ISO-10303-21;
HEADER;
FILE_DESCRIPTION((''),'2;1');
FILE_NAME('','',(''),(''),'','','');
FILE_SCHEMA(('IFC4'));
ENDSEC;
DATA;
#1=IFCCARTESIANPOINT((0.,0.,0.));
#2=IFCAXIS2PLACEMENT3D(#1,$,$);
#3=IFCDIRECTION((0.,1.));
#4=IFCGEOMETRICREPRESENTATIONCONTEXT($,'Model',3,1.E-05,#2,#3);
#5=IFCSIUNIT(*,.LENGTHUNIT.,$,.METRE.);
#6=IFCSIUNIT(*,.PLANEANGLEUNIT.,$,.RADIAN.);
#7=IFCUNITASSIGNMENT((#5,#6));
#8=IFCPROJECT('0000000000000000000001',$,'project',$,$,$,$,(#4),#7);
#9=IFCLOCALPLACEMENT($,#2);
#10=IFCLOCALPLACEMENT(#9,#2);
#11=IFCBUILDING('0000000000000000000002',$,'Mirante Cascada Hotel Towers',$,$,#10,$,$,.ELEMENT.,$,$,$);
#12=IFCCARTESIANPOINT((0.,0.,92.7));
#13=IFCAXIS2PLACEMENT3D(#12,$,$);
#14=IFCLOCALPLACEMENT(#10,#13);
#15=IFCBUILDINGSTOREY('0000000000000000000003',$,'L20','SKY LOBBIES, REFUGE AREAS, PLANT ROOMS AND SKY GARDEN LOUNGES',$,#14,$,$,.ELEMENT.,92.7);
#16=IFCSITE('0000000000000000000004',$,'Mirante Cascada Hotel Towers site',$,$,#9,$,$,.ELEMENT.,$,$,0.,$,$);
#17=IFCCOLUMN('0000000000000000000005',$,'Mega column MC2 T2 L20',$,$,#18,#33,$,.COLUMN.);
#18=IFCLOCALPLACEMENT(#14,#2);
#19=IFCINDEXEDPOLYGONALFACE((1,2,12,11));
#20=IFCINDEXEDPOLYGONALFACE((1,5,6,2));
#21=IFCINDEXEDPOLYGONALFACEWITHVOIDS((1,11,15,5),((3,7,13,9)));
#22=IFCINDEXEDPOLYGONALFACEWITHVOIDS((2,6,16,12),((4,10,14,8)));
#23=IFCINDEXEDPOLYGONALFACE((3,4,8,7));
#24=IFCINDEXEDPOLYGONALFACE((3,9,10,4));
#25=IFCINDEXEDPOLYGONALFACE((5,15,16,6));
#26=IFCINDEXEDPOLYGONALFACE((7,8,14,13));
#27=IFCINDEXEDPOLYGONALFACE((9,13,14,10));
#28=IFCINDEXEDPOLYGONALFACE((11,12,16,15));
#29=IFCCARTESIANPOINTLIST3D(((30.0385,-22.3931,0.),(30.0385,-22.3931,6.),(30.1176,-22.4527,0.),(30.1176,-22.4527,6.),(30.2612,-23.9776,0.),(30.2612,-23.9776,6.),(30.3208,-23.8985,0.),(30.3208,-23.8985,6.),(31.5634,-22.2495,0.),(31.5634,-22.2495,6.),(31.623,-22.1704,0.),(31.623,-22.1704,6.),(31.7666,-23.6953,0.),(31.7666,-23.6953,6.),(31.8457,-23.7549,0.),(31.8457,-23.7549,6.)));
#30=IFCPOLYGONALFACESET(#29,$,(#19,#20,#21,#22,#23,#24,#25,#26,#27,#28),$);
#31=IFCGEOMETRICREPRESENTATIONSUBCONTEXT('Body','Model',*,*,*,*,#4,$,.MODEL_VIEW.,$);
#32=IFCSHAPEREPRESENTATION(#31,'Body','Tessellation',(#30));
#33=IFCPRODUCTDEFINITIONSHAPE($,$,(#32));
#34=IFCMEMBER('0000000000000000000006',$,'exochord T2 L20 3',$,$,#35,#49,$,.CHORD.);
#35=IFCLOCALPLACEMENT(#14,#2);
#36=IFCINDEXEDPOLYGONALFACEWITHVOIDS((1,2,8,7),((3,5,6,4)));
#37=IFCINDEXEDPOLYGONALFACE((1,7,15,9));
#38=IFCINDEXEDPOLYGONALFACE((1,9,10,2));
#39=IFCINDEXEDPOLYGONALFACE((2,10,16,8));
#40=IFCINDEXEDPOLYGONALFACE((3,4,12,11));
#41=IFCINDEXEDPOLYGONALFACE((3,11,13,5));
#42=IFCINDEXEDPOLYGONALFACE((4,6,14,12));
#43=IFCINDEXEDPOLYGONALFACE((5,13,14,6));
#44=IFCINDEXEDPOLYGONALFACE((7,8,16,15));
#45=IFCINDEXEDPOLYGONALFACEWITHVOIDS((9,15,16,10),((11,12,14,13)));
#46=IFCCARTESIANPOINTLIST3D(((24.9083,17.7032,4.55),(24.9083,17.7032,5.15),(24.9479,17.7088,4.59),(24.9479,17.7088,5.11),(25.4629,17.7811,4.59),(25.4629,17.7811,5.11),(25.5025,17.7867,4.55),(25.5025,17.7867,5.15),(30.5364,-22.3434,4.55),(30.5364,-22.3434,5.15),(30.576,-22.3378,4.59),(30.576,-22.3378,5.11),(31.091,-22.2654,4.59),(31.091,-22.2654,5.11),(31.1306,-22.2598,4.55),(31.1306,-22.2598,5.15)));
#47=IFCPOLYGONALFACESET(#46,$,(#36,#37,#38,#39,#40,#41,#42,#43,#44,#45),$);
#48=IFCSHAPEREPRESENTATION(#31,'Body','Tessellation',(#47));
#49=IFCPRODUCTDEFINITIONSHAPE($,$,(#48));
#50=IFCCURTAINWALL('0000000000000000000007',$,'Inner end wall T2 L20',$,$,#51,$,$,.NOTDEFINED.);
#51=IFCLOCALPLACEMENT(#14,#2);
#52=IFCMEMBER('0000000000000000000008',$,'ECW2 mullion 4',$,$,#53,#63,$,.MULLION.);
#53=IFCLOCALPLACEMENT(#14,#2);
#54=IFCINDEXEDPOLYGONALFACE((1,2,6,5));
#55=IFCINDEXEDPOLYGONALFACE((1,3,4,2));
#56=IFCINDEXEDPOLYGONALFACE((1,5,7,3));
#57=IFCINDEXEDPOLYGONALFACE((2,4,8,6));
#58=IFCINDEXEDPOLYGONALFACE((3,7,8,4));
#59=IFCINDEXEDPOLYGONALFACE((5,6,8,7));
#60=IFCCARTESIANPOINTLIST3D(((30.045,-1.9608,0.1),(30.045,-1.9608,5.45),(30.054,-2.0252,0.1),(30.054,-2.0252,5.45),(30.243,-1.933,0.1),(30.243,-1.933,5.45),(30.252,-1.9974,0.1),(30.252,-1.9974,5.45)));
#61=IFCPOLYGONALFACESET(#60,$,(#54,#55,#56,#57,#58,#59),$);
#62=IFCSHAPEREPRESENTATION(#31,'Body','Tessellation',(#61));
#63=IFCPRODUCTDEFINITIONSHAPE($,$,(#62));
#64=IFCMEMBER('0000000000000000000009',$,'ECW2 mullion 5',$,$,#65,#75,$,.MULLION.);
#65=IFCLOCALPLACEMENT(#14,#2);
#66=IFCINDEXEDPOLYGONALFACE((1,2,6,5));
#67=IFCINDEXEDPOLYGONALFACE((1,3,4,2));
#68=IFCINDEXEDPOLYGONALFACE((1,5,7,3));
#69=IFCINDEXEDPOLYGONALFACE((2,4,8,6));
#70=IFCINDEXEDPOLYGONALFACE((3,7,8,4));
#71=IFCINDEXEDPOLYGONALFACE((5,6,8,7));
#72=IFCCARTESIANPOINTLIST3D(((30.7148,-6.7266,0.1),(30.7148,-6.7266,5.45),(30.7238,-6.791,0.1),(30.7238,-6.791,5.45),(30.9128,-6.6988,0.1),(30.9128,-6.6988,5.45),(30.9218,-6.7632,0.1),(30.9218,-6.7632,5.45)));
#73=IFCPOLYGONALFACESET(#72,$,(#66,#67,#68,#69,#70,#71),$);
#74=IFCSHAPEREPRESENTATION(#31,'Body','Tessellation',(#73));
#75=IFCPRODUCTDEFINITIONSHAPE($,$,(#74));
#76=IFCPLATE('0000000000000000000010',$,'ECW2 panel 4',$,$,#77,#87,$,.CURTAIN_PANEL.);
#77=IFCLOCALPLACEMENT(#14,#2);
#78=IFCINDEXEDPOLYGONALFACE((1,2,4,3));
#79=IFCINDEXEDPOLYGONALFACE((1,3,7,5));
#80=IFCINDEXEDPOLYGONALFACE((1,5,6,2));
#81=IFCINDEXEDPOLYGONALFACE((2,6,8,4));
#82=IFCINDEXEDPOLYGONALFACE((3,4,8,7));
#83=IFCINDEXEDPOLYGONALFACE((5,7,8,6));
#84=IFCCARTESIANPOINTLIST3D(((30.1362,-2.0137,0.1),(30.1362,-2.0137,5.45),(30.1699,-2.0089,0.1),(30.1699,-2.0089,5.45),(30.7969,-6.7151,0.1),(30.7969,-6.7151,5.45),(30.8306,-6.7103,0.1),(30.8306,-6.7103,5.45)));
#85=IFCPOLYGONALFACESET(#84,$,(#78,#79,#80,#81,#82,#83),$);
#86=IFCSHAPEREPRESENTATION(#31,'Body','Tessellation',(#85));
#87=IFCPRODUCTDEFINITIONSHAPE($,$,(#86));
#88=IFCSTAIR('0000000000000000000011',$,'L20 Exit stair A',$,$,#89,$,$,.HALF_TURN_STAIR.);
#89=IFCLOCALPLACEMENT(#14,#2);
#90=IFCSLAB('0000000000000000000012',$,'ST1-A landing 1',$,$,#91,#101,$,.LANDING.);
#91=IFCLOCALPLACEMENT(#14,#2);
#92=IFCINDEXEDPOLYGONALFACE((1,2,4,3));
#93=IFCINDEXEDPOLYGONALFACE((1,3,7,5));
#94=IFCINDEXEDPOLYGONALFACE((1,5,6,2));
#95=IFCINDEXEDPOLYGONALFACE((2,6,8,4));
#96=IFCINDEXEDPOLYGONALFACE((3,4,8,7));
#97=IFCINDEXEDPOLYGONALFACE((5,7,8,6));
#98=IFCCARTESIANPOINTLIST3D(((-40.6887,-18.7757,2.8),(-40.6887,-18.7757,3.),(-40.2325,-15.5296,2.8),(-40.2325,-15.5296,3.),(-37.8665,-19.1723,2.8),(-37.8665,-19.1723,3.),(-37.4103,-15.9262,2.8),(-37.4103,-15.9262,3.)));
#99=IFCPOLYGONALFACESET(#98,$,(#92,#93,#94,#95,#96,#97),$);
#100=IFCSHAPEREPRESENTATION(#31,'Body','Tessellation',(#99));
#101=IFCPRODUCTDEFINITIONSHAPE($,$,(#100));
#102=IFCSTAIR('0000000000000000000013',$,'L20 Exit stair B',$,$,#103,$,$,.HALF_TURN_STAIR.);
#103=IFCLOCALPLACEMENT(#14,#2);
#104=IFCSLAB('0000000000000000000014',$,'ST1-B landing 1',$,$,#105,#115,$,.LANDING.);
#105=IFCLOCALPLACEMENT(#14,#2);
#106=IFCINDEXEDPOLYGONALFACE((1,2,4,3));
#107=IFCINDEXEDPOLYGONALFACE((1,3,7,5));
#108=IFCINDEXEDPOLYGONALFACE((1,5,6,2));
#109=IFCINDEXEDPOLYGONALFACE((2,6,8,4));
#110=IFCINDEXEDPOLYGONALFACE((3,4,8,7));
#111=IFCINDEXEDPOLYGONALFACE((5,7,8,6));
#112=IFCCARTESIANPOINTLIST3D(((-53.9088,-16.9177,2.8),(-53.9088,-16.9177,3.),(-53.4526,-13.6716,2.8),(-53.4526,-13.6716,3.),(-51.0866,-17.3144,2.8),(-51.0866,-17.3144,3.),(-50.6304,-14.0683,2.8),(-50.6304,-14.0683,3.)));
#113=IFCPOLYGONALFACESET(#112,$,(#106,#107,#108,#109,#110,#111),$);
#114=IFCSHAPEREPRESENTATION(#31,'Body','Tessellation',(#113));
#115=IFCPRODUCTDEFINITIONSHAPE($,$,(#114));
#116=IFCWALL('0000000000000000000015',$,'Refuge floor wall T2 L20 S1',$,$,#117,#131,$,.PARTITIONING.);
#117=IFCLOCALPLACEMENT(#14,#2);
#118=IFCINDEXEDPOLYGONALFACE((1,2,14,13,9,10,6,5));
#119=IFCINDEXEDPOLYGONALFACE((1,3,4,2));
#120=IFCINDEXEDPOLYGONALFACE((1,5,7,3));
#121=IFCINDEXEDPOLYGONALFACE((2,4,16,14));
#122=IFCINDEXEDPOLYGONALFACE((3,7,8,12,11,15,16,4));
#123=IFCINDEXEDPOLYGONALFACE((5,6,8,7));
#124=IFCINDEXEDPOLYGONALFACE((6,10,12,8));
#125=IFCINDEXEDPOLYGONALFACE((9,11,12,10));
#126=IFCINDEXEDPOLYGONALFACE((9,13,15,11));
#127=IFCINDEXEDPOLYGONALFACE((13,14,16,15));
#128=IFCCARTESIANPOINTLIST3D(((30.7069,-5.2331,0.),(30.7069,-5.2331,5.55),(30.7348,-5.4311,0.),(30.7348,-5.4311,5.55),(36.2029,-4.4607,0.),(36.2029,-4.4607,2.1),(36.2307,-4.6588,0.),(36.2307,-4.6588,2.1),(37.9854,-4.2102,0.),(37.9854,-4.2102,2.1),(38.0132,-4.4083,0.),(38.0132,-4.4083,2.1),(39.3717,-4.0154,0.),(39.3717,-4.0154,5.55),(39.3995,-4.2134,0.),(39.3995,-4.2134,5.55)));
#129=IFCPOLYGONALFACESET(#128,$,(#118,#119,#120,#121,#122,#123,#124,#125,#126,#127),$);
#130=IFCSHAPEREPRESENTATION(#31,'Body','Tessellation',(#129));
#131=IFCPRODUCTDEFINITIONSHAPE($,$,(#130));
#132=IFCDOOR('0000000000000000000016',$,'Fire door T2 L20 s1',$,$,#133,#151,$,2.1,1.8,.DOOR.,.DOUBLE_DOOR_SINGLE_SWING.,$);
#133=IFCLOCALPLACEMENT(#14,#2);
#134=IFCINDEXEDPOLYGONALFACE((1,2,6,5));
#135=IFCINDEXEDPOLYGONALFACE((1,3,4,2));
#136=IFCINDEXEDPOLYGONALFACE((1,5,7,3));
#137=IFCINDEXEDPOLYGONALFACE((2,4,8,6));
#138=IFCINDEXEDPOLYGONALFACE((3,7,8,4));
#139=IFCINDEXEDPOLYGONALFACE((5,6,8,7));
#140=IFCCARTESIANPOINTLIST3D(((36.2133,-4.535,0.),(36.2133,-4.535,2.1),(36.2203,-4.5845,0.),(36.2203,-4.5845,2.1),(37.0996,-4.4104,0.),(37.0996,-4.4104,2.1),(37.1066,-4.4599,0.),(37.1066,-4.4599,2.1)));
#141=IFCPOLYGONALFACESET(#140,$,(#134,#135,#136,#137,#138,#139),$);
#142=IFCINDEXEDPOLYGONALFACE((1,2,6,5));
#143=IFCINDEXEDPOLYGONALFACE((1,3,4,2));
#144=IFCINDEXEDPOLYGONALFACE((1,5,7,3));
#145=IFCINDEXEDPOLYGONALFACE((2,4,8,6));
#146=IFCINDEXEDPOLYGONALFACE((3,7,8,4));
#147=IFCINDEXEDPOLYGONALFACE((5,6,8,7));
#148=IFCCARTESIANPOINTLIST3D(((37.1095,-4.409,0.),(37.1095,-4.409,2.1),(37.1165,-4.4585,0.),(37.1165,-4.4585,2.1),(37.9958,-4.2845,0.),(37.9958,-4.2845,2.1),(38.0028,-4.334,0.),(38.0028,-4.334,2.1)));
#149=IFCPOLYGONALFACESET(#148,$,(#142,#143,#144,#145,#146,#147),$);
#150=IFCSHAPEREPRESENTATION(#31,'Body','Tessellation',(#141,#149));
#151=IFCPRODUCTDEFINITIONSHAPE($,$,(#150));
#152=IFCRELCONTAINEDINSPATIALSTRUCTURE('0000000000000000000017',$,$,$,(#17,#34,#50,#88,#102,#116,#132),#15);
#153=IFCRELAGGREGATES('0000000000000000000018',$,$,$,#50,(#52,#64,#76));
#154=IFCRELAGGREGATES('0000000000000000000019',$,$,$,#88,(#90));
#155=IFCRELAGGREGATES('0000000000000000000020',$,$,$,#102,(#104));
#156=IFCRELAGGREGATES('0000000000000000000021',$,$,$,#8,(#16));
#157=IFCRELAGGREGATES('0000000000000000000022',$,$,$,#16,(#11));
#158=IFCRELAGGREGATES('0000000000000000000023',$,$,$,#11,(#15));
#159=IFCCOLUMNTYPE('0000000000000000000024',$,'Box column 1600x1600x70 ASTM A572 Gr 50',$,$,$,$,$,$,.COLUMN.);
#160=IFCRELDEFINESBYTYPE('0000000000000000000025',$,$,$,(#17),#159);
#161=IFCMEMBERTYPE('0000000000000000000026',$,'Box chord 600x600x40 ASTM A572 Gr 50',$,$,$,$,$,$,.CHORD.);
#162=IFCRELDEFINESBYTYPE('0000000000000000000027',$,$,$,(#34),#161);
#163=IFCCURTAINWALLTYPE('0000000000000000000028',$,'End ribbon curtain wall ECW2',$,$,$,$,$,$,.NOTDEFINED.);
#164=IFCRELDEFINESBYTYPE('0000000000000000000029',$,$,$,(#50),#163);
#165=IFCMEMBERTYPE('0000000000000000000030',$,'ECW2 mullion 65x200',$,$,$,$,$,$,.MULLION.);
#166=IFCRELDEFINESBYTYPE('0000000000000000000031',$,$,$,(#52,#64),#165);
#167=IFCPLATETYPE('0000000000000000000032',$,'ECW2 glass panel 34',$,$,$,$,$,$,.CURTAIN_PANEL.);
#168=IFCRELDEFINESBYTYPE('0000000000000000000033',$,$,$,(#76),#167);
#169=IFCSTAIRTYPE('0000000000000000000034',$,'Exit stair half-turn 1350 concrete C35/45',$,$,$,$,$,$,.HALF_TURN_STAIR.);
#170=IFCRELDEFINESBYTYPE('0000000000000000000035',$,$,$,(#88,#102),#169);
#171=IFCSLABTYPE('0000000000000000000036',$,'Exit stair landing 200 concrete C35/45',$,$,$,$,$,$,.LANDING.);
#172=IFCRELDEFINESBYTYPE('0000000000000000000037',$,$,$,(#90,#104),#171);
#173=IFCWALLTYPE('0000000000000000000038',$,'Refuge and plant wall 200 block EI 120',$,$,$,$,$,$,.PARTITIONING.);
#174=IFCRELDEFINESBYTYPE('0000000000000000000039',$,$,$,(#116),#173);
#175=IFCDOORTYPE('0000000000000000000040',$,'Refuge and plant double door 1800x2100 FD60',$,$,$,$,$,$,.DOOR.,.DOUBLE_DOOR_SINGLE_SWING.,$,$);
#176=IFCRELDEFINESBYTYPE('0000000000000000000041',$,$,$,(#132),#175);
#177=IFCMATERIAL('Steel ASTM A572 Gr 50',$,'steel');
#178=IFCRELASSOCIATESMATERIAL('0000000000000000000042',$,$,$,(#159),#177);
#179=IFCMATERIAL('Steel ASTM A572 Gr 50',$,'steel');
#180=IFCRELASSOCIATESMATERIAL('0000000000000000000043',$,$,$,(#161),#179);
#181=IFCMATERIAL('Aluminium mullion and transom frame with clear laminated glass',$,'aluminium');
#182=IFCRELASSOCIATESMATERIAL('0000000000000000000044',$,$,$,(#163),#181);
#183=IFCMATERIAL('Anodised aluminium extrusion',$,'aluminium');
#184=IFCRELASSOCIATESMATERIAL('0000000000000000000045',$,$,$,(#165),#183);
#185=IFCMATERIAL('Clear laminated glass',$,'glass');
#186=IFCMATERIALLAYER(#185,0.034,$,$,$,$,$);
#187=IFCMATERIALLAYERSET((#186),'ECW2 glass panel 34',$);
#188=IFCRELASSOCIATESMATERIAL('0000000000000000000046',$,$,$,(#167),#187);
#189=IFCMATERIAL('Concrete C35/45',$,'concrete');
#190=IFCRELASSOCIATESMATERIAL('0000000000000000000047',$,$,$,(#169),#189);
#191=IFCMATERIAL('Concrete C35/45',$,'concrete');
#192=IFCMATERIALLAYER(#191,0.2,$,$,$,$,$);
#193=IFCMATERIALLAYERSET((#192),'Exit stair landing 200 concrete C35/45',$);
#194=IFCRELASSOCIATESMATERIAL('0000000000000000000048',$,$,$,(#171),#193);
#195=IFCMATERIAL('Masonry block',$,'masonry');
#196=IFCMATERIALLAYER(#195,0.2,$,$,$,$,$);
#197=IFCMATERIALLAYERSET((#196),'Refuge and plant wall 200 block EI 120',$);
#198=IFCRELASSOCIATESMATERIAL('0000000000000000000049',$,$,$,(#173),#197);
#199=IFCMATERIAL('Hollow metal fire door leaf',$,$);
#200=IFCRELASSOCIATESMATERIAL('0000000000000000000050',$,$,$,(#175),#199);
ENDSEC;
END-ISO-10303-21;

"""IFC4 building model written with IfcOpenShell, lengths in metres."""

from ifc_helpers import new_model, si_unit, direction, frame, frame_2d, origin, origin_2d, place, context, subcontext, project, spatial, polyline, rectangle, hollow_rectangle, outline, extrude, material, layer, layer_set, material_profile, profile_set, type_object, element, fill, aggregate, save


model = new_model("IFC4")

# Units and contexts
model_context = context("Model", 3, precision=1e-05, world=origin(), true_north=direction((0.0, 1.0)))
body_context = subcontext(model_context, "Body", "Model", "MODEL_VIEW")
ifc_project = project(units=[si_unit("LENGTHUNIT", "METRE"), si_unit("PLANEANGLEUNIT", "RADIAN")], contexts=[model_context])

# Site, building, storey
site_placement = place(None, origin())
site = spatial("IfcSite", under=ifc_project, at=site_placement, Name="Mirante Cascada Hotel Towers site", CompositionType="ELEMENT", RefElevation=0.0)
building_placement = place(site_placement, origin())
building = spatial("IfcBuilding", under=site, at=building_placement, Name="Mirante Cascada Hotel Towers", CompositionType="ELEMENT")
storey_placement = place(building_placement, frame((0.0, 0.0, 92.7)))
storey = spatial("IfcBuildingStorey", under=building, at=storey_placement, Name="L20", Description="SKY LOBBIES, REFUGE AREAS, PLANT ROOMS AND SKY GARDEN LOUNGES", CompositionType="ELEMENT", Elevation=92.7)

# Column
ifc_material_1 = material(Name="Steel ASTM A572 Gr 50", Category="steel")
ifc_material_profile_1 = material_profile(ifc_material_1, hollow_rectangle(XDim=1.6, YDim=1.6, WallThickness=0.07, at=origin_2d()), Name="Box column 1600x1600x70 ASTM A572 Gr 50")
ifc_profile_set_1 = profile_set([ifc_material_profile_1], Name="Steel ASTM A572 Gr 50")
column_type = type_object("IfcColumnType", Name="Box column 1600x1600x70 ASTM A572 Gr 50", PredefinedType="COLUMN", material=ifc_profile_set_1)
column_placement = place(storey_placement, frame((30.9421, -23.074, 0.0), z_axis=(0.0, 0.0, 1.0), x_axis=(0.990268, 0.139173, 0.0)))
element("IfcColumn", 1, at=column_placement, inside=storey, type_object=column_type, Name="Mega column MC2 T2 L20", PredefinedType="COLUMN", context=body_context, shape_type="SweptSolid", body=[
    extrude(hollow_rectangle(XDim=1.6, YDim=1.6, WallThickness=0.07, at=origin_2d()), origin(), (0.0, 0.0, 1.0), 6.0),
])

# Member
ifc_material_2 = material(Name="Steel ASTM A572 Gr 50", Category="steel")
ifc_material_profile_2 = material_profile(ifc_material_2, hollow_rectangle(XDim=0.6, YDim=0.6, WallThickness=0.04, at=origin_2d()), Name="Box chord 600x600x40 ASTM A572 Gr 50")
ifc_profile_set_2 = profile_set([ifc_material_profile_2], Name="Steel ASTM A572 Gr 50")
member_type_1 = type_object("IfcMemberType", Name="Box chord 600x600x40 ASTM A572 Gr 50", PredefinedType="CHORD", material=ifc_profile_set_2)
member_1_placement = place(storey_placement, frame((30.8335, -22.3016, 4.85), z_axis=(-0.139171, 0.990268, 0.0), x_axis=(-0.990268, -0.139171, 0.0)))
element("IfcMember", 2, at=member_1_placement, inside=storey, type_object=member_type_1, Name="exochord T2 L20 3", PredefinedType="CHORD", context=body_context, shape_type="SweptSolid", body=[
    extrude(hollow_rectangle(XDim=0.6, YDim=0.6, WallThickness=0.04, at=origin_2d()), origin(), (0.0, 0.0, 1.0), 40.4401),
])

# Curtain wall, members, plate
ifc_material_3 = material(Name="Aluminium mullion and transom frame with clear laminated glass", Category="aluminium")
curtain_wall_type = type_object("IfcCurtainWallType", Name="End ribbon curtain wall ECW2", PredefinedType="NOTDEFINED", material=ifc_material_3)
curtain_wall_placement = place(storey_placement, origin())
curtain_wall = element("IfcCurtainWall", 3, at=curtain_wall_placement, inside=storey, type_object=curtain_wall_type, Name="Inner end wall T2 L20", PredefinedType="NOTDEFINED")
ifc_material_4 = material(Name="Anodised aluminium extrusion", Category="aluminium")
ifc_material_profile_3 = material_profile(ifc_material_4, rectangle(XDim=0.2, YDim=0.065, at=origin_2d()), Name="ECW2 MULLION 65x200")
ifc_profile_set_3 = profile_set([ifc_material_profile_3], Name="Anodised aluminium extrusion")
member_type_2 = type_object("IfcMemberType", Name="ECW2 mullion 65x200", PredefinedType="MULLION", material=ifc_profile_set_3)
member_2_placement = place(storey_placement, frame((30.1485, -1.9791, 0.1), z_axis=(0.0, 0.0, 1.0), x_axis=(0.990268, 0.139173, 0.0)))
member_2 = element("IfcMember", 4, at=member_2_placement, type_object=member_type_2, Name="ECW2 mullion 4", PredefinedType="MULLION", context=body_context, shape_type="SweptSolid", body=[
    extrude(rectangle(XDim=0.2, YDim=0.065, at=origin_2d()), origin(), (0.0, 0.0, 1.0), 5.35),
])
member_3_placement = place(storey_placement, frame((30.8183, -6.7449, 0.1), z_axis=(0.0, 0.0, 1.0), x_axis=(0.990268, 0.139173, 0.0)))
member_3 = element("IfcMember", 5, at=member_3_placement, type_object=member_type_2, Name="ECW2 mullion 5", PredefinedType="MULLION", context=body_context, shape_type="SweptSolid", body=[
    extrude(rectangle(XDim=0.2, YDim=0.065, at=origin_2d()), origin(), (0.0, 0.0, 1.0), 5.35),
])
ifc_material_5 = material(Name="Clear laminated glass", Category="glass")
ifc_layer_1 = layer(ifc_material_5, 0.034)
ifc_layer_set_1 = layer_set([ifc_layer_1], Name="ECW2 glass panel 34")
plate_type = type_object("IfcPlateType", Name="ECW2 glass panel 34", PredefinedType="CURTAIN_PANEL", material=ifc_layer_set_1)
plate_placement = place(storey_placement, frame((30.4834, -4.362, 0.1), z_axis=(0.0, 0.0, 1.0), x_axis=(0.139173, -0.990268, 0.0)))
plate = element("IfcPlate", 6, at=plate_placement, type_object=plate_type, Name="ECW2 panel 4", PredefinedType="CURTAIN_PANEL", context=body_context, shape_type="SweptSolid", body=[
    extrude(rectangle(XDim=4.7476, YDim=0.034, at=origin_2d()), origin(), (0.0, 0.0, 1.0), 5.35),
])
aggregate(curtain_wall, [member_2, member_3, plate])

# Stairs, slabs
ifc_material_6 = material(Name="Concrete C35/45", Category="concrete")
stair_type = type_object("IfcStairType", Name="Exit stair half-turn 1350 concrete C35/45", PredefinedType="HALF_TURN_STAIR", material=ifc_material_6)
stair_1_placement = place(storey_placement, origin())
stair_1 = element("IfcStair", 7, at=stair_1_placement, inside=storey, type_object=stair_type, Name="L20 Exit stair A", PredefinedType="HALF_TURN_STAIR")
ifc_material_7 = material(Name="Concrete C35/45", Category="concrete")
ifc_layer_2 = layer(ifc_material_7, 0.2)
ifc_layer_set_2 = layer_set([ifc_layer_2], Name="Exit stair landing 200 concrete C35/45")
slab_type = type_object("IfcSlabType", Name="Exit stair landing 200 concrete C35/45", PredefinedType="LANDING", material=ifc_layer_set_2)
slab_1_placement = place(storey_placement, frame((0.0, 0.0, 2.8)))
slab_1 = element("IfcSlab", 8, at=slab_1_placement, type_object=slab_type, Name="ST1-A landing 1", PredefinedType="LANDING", context=body_context, shape_type="SweptSolid", body=[
    extrude(outline(polyline([(-40.2325, -15.5296), (-40.6887, -18.7757), (-37.8665, -19.1723), (-37.4103, -15.9262), (-40.2325, -15.5296)])), origin(), (0.0, 0.0, 1.0), 0.2),
])
aggregate(stair_1, [slab_1])
stair_2_placement = place(storey_placement, origin())
stair_2 = element("IfcStair", 9, at=stair_2_placement, inside=storey, type_object=stair_type, Name="L20 Exit stair B", PredefinedType="HALF_TURN_STAIR")
slab_2_placement = place(storey_placement, frame((0.0, 0.0, 2.8)))
slab_2 = element("IfcSlab", 10, at=slab_2_placement, type_object=slab_type, Name="ST1-B landing 1", PredefinedType="LANDING", context=body_context, shape_type="SweptSolid", body=[
    extrude(outline(polyline([(-53.4526, -13.6716), (-53.9088, -16.9177), (-51.0866, -17.3144), (-50.6304, -14.0683), (-53.4526, -13.6716)])), origin(), (0.0, 0.0, 1.0), 0.2),
])
aggregate(stair_2, [slab_2])

# Wall, opening, door
ifc_material_8 = material(Name="Masonry block", Category="masonry")
ifc_layer_3 = layer(ifc_material_8, 0.2)
ifc_layer_set_3 = layer_set([ifc_layer_3], Name="Refuge and plant wall 200 block EI 120")
wall_type = type_object("IfcWallType", Name="Refuge and plant wall 200 block EI 120", PredefinedType="PARTITIONING", material=ifc_layer_set_3)
wall_placement = place(storey_placement, frame((30.7208, -5.3321, 0.0), z_axis=(0.0, 0.0, 1.0), x_axis=(0.990269, 0.139167, 0.0)))
wall = element("IfcWall", 11, at=wall_placement, inside=storey, type_object=wall_type, Name="Refuge floor wall T2 L20 S1", PredefinedType="PARTITIONING", context=body_context, shape_type="SweptSolid", body=[
    extrude(rectangle(XDim=8.7499, YDim=0.2, at=frame_2d((4.375, 0.0))), origin(), (0.0, 0.0, 1.0), 5.55),
])
opening_placement = place(wall_placement, frame((5.55, 0.0, 0.0)))
opening = element("IfcOpeningElement", 12, at=opening_placement, cuts=wall, PredefinedType="OPENING", context=body_context, shape_type="SweptSolid", body=[
    extrude(rectangle(XDim=1.8, YDim=2.1, at=frame_2d((0.9, 1.05))), frame((0.0, 0.1, 0.0), z_axis=(0.0, -1.0, 0.0), x_axis=(1.0, 0.0, 0.0)), (0.0, 0.0, 1.0), 0.2),
])
ifc_material_9 = material(Name="Hollow metal fire door leaf")
door_type = type_object("IfcDoorType", Name="Refuge and plant double door 1800x2100 FD60", OperationType="DOUBLE_DOOR_SINGLE_SWING", PredefinedType="DOOR", material=ifc_material_9)
door_placement = place(opening_placement, origin())
door = element("IfcDoor", 13, at=door_placement, inside=storey, type_object=door_type, Name="Fire door T2 L20 s1", OperationType="DOUBLE_DOOR_SINGLE_SWING", OverallHeight=2.1, OverallWidth=1.8, PredefinedType="DOOR", context=body_context, shape_type="SweptSolid", body=[
    extrude(rectangle(XDim=0.895, YDim=2.1, at=frame_2d((0.4475, 1.05))), frame((0.0, 0.025, 0.0), z_axis=(0.0, -1.0, 0.0), x_axis=(1.0, 0.0, 0.0)), (0.0, 0.0, 1.0), 0.05),
    extrude(rectangle(XDim=0.895, YDim=2.1, at=frame_2d((1.3525, 1.05))), frame((0.0, 0.025, 0.0), z_axis=(0.0, -1.0, 0.0), x_axis=(1.0, 0.0, 0.0)), (0.0, 0.0, 1.0), 0.05),
])
fill(opening, door)

save(model, "model.ifc")
